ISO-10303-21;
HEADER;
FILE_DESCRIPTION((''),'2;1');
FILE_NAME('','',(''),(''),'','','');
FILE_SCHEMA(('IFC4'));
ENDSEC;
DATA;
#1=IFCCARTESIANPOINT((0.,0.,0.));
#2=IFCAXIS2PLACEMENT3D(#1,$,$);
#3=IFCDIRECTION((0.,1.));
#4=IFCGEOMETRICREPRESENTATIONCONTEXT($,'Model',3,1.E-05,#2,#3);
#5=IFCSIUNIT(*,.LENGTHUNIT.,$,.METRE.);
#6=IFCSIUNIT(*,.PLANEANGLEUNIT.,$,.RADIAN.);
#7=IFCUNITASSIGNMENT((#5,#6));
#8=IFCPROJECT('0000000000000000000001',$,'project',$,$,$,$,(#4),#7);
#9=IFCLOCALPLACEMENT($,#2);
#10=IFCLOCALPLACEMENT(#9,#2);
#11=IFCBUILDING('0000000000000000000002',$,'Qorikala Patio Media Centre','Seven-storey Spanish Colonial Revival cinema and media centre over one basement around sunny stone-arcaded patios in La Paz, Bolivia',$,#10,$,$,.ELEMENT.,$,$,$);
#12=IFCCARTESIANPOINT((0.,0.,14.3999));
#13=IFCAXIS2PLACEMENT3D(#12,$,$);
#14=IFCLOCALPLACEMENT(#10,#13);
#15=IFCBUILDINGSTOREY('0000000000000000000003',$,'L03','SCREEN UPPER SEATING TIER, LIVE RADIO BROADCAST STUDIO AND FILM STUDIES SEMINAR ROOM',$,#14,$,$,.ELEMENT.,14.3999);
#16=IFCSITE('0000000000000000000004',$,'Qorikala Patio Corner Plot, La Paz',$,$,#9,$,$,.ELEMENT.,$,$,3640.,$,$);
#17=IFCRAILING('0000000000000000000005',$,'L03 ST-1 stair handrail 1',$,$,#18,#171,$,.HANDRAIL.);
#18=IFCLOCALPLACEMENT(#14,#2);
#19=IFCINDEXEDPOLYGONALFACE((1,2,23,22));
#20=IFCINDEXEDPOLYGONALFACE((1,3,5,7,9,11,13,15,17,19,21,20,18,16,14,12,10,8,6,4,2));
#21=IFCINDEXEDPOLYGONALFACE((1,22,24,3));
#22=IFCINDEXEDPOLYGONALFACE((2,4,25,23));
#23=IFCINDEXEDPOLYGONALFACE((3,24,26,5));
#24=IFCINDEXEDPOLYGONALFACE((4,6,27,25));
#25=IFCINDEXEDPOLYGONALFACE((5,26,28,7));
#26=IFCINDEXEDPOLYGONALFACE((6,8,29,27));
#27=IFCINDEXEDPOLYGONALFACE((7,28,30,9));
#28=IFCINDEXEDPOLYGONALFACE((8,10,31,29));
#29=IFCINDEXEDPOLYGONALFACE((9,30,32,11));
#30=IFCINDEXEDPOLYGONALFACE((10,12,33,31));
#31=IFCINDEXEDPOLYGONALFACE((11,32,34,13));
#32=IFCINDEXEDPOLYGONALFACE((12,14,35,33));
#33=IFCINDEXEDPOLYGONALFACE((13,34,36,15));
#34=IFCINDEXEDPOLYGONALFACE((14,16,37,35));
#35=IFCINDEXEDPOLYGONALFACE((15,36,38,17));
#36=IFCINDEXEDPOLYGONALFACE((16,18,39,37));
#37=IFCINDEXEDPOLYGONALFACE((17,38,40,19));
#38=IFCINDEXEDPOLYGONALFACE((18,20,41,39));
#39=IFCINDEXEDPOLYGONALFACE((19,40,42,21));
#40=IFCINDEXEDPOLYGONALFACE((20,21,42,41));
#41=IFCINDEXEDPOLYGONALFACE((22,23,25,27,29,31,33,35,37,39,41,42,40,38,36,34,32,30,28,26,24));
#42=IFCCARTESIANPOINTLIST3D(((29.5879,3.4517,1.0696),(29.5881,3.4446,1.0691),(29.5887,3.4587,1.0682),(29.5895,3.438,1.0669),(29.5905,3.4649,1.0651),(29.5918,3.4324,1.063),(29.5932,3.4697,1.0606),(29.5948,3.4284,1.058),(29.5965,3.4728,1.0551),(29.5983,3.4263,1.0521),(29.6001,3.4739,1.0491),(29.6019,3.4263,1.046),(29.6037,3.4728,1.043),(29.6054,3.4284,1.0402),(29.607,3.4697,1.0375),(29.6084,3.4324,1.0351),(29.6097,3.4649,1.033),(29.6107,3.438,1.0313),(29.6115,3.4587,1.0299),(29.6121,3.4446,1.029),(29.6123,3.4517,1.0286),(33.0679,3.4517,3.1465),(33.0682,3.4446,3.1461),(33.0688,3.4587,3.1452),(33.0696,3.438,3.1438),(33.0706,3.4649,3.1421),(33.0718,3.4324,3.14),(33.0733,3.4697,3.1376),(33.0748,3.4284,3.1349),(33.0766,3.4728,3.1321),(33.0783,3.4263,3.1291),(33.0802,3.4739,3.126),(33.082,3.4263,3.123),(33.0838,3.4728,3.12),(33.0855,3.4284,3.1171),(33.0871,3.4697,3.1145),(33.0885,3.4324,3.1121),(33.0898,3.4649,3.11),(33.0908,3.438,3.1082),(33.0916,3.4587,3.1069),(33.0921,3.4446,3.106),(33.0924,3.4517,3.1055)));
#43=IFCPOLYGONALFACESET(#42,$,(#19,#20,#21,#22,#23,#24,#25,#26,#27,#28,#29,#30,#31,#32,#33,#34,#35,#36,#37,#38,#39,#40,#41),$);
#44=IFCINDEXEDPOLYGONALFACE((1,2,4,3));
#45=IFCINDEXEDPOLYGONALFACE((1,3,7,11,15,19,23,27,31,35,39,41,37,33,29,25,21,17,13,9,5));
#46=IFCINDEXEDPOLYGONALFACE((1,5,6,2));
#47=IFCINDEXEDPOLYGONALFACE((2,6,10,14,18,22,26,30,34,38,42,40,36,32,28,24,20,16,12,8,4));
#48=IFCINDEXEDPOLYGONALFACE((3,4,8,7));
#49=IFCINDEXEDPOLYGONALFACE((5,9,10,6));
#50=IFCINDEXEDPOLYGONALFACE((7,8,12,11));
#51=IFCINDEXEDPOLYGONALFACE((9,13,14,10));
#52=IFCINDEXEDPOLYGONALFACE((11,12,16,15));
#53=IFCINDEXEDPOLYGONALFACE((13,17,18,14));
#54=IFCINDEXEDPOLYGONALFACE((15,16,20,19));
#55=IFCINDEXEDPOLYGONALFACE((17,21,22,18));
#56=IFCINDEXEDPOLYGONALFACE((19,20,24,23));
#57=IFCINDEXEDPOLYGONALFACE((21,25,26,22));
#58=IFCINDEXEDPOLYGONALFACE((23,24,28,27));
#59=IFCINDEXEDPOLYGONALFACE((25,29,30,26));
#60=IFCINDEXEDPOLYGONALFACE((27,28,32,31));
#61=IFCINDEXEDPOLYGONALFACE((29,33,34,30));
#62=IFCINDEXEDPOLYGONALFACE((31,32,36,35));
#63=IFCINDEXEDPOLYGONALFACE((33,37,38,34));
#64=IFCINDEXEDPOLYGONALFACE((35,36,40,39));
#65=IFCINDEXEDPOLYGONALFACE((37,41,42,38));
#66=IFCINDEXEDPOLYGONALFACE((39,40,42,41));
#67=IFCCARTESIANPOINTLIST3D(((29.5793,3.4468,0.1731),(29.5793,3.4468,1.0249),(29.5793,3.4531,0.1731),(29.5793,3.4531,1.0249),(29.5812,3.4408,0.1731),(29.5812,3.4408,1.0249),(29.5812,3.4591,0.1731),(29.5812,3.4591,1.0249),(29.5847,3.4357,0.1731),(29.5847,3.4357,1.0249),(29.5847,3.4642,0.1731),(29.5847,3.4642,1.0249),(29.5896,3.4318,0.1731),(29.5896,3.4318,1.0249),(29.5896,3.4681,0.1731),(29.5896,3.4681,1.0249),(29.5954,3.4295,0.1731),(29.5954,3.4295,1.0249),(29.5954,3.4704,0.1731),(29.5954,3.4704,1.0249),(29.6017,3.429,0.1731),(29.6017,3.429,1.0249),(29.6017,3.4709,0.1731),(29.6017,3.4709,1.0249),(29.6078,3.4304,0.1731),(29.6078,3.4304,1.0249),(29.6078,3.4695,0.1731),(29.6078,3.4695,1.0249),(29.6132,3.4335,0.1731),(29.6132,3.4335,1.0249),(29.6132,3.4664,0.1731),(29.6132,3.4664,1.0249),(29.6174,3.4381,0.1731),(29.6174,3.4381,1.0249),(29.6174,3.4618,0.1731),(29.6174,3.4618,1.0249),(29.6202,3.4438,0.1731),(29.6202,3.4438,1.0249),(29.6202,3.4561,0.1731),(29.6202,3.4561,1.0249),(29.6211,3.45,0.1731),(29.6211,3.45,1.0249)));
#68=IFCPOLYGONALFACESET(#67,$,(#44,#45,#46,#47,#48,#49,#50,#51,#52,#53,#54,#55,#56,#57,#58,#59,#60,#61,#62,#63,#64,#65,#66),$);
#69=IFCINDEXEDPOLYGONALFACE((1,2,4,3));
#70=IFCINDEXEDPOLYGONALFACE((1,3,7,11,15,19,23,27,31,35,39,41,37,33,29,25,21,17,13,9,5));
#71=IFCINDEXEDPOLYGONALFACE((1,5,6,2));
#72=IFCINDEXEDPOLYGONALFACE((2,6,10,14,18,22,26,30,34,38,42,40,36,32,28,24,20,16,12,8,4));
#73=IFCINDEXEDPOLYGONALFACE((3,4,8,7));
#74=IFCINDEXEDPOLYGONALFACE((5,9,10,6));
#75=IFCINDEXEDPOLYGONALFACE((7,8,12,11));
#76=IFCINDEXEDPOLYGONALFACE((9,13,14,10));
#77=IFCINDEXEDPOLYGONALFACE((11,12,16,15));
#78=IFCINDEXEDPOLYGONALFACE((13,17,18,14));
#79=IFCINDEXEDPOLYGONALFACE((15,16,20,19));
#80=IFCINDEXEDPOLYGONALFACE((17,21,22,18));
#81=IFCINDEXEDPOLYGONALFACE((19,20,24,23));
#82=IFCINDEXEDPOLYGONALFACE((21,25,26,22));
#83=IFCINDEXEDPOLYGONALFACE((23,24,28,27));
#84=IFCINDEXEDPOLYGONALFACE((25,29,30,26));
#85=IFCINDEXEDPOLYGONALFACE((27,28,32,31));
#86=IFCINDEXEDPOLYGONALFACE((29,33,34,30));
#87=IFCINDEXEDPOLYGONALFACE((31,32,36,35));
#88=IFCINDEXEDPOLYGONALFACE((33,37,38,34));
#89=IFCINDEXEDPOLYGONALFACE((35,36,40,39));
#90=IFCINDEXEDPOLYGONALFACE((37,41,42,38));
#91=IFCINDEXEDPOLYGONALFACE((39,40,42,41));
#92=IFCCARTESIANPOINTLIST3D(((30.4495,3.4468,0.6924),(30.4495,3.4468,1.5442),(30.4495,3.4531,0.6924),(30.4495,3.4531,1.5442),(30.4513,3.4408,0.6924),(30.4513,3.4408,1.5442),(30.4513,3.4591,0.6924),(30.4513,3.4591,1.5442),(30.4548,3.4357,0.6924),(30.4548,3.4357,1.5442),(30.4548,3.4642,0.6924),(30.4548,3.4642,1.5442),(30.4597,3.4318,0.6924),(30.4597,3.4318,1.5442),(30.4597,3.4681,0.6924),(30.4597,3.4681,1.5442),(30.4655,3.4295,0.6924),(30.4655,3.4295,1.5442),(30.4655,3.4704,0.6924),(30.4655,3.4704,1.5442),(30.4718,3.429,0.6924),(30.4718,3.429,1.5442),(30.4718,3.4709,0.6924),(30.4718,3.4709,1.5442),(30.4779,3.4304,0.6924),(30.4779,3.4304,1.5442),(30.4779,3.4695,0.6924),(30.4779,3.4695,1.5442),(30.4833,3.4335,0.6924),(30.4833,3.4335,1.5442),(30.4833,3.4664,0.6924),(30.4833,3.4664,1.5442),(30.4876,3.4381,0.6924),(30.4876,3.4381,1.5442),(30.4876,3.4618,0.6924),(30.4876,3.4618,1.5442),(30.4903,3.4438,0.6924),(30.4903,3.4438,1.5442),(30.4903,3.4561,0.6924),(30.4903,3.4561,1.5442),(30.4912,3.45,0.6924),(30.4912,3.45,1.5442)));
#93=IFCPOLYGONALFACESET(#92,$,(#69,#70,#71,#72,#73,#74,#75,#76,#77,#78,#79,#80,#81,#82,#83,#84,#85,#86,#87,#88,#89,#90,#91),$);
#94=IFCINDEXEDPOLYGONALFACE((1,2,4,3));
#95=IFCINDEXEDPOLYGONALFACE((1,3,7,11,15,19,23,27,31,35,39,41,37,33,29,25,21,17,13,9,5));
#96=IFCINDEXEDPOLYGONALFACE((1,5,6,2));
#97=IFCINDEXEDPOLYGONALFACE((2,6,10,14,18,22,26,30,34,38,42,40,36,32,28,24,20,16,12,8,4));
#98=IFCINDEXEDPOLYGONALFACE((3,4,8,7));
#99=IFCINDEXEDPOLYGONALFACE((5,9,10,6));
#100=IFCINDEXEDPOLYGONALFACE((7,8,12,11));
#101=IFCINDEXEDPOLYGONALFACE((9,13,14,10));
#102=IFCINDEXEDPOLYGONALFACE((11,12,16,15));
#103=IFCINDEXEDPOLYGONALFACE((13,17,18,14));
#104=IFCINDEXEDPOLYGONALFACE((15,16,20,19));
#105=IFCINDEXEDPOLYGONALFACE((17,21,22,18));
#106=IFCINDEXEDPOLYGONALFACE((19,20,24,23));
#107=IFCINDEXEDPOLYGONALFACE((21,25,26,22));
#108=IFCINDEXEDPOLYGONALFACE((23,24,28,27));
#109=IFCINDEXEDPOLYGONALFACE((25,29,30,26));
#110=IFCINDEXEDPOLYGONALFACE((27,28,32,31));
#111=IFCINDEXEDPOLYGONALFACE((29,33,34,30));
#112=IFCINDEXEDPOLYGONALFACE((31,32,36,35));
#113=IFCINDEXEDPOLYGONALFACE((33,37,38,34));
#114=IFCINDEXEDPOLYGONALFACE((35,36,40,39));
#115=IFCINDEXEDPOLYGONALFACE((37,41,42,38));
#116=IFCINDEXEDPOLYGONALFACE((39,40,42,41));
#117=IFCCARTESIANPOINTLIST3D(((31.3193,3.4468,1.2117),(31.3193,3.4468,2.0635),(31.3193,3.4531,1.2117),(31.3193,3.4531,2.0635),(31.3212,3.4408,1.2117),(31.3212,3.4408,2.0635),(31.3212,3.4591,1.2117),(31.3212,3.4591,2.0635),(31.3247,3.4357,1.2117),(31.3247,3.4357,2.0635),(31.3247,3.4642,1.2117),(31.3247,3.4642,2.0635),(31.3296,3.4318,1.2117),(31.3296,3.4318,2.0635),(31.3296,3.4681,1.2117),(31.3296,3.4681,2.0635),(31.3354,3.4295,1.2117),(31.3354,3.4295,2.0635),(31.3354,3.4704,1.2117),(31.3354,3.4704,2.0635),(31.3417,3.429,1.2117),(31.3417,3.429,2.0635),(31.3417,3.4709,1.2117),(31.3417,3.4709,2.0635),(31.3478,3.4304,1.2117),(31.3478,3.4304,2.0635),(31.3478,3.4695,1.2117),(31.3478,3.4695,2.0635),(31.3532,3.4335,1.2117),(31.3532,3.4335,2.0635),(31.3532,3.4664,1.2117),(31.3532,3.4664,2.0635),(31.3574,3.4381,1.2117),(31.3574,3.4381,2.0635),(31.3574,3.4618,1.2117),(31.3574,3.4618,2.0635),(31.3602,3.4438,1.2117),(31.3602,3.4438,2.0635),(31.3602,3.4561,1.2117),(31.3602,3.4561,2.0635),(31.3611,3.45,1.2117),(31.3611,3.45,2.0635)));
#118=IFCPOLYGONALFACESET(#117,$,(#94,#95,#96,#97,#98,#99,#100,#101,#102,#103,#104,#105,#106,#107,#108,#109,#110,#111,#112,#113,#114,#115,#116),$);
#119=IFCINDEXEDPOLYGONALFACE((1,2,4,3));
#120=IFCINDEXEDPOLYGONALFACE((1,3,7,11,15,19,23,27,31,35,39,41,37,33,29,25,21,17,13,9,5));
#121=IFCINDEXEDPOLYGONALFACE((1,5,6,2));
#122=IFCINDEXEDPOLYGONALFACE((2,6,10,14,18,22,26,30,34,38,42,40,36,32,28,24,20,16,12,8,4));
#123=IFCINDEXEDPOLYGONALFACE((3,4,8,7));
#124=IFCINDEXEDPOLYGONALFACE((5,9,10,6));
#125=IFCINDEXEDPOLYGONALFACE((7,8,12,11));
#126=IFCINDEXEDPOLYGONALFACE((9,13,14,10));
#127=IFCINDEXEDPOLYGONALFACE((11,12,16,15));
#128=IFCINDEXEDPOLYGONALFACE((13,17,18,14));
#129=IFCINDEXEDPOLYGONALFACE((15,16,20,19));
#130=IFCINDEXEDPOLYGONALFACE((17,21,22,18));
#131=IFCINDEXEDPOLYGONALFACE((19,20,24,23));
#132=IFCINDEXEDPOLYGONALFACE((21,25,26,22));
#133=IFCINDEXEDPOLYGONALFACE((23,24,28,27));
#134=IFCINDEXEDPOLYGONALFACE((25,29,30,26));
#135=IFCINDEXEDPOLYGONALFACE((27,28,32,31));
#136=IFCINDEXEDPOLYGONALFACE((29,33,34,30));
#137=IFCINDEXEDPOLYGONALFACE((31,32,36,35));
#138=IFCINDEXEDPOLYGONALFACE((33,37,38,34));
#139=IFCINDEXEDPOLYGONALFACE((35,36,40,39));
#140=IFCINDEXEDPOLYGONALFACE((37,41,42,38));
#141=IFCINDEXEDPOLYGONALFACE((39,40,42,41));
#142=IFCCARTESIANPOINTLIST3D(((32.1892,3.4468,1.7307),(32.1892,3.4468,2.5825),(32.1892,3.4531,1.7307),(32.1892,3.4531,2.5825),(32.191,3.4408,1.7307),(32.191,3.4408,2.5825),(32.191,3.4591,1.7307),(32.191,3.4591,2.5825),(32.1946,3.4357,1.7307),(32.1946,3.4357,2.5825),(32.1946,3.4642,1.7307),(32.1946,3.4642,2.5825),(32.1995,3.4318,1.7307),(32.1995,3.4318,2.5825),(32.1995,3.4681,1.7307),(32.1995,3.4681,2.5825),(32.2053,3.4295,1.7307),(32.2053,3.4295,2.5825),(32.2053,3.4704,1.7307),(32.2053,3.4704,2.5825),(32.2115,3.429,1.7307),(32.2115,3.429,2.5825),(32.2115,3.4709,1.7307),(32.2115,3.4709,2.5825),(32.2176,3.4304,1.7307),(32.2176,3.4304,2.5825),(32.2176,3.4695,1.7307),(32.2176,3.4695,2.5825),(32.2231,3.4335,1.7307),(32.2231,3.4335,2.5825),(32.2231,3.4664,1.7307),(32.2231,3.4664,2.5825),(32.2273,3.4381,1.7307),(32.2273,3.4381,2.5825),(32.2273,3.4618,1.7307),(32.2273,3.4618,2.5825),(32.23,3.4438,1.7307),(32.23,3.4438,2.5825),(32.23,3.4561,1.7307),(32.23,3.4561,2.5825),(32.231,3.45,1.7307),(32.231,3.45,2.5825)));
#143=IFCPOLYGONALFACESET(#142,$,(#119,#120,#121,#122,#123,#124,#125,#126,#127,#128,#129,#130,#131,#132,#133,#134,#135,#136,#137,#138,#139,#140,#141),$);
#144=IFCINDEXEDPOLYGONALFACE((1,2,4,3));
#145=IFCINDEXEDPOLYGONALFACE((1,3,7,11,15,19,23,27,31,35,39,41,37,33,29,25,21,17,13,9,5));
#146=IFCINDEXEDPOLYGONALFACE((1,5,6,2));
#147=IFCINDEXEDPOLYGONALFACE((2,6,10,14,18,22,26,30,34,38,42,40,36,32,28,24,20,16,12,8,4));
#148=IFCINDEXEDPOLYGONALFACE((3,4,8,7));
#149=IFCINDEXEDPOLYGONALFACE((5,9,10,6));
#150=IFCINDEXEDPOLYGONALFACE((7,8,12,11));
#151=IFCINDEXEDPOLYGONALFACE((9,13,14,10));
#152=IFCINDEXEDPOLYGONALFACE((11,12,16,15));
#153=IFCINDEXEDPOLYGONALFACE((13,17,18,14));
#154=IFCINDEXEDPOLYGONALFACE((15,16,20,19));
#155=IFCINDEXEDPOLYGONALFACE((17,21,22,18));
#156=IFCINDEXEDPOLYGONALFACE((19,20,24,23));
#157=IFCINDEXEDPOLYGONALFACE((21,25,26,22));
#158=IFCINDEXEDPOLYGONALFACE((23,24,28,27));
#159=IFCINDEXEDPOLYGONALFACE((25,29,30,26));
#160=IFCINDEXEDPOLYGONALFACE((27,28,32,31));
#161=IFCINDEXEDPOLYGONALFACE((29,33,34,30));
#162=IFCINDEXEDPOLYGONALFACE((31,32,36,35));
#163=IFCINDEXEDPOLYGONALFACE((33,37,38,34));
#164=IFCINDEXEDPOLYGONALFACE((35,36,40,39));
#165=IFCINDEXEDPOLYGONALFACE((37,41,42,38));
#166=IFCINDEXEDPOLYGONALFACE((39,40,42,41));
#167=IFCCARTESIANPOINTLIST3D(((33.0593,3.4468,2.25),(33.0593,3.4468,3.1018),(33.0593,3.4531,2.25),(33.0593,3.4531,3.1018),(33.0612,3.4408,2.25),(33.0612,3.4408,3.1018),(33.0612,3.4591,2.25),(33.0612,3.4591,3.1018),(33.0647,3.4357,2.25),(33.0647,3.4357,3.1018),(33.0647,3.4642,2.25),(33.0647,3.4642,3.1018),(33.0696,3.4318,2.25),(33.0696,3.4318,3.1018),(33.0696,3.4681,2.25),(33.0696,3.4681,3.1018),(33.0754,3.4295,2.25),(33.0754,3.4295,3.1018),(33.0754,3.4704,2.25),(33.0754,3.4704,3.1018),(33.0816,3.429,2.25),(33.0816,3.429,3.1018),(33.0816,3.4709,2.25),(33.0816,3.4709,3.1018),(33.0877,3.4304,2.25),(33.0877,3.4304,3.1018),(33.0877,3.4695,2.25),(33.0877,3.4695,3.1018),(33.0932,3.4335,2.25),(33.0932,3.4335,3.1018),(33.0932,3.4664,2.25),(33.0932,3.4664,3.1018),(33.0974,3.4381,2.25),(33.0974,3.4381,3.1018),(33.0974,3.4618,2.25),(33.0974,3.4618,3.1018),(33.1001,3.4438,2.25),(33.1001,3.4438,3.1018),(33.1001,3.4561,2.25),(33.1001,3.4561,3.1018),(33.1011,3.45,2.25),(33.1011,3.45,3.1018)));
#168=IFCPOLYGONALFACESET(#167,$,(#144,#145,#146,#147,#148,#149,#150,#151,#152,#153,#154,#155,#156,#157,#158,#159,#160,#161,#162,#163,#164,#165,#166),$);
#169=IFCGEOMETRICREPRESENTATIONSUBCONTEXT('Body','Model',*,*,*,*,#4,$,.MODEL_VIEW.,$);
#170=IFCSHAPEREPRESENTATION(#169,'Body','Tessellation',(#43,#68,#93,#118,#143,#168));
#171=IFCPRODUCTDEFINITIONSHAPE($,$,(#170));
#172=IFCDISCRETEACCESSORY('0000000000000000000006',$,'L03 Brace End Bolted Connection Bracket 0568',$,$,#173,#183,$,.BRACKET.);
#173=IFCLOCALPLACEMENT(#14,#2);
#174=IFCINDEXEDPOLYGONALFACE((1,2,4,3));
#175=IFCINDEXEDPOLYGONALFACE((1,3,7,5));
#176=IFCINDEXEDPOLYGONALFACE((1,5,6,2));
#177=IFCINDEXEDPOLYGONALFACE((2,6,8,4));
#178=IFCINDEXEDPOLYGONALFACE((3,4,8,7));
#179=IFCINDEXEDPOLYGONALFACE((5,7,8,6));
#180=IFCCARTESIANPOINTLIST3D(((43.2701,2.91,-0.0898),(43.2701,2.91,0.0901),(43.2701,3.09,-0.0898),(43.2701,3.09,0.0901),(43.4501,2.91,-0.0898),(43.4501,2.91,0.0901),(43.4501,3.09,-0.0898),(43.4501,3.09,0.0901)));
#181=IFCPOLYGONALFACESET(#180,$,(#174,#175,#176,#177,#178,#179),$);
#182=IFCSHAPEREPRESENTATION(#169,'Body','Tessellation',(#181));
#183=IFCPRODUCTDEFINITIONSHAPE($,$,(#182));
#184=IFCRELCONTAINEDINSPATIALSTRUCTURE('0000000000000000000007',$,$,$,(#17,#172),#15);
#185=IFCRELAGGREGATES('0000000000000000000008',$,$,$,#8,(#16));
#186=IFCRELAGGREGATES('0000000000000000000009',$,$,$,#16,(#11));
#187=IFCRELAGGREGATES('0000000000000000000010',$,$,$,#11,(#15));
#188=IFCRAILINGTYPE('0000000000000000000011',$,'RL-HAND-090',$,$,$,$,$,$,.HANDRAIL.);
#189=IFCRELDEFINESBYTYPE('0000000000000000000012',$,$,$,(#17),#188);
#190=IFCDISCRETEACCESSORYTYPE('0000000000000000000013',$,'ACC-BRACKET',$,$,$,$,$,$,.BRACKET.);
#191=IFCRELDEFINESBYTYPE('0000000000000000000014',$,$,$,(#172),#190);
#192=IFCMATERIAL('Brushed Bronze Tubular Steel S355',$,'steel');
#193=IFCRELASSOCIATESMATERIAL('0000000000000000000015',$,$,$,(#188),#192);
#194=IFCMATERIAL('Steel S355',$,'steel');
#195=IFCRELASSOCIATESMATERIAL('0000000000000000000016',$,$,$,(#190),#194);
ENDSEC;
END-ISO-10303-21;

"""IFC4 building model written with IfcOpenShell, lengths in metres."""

from ifc_helpers import new_model, si_unit, direction, frame, origin, origin_2d, place, context, subcontext, project, spatial, rectangle, circle, extrude, material, type_object, element, save


model = new_model("IFC4")

# Units and contexts
model_context = context("Model", 3, precision=1e-05, world=origin(), true_north=direction((0.0, 1.0)))
body_context = subcontext(model_context, "Body", "Model", "MODEL_VIEW")
ifc_project = project(units=[si_unit("LENGTHUNIT", "METRE"), si_unit("PLANEANGLEUNIT", "RADIAN")], contexts=[model_context])

# Site, building, storey
site_placement = place(None, origin())
site = spatial("IfcSite", under=ifc_project, at=site_placement, Name="Qorikala Patio Corner Plot, La Paz", CompositionType="ELEMENT", RefElevation=3640.0)
building_placement = place(site_placement, origin())
building = spatial("IfcBuilding", under=site, at=building_placement, Name="Qorikala Patio Media Centre", Description="Seven-storey Spanish Colonial Revival cinema and media centre over one basement around sunny stone-arcaded patios in La Paz, Bolivia", CompositionType="ELEMENT")
storey_placement = place(building_placement, frame((0.0, 0.0, 14.3999)))
storey = spatial("IfcBuildingStorey", under=building, at=storey_placement, Name="L03", Description="SCREEN UPPER SEATING TIER, LIVE RADIO BROADCAST STUDIO AND FILM STUDIES SEMINAR ROOM", CompositionType="ELEMENT", Elevation=14.3999)

# Railing
ifc_material_1 = material(Name="Brushed Bronze Tubular Steel S355", Category="steel")
railing_type_1 = type_object("IfcRailingType", Name="RL-HAND-090", PredefinedType="HANDRAIL", material=ifc_material_1)
railing_1_placement = place(storey_placement, frame((29.6001, 3.45, 0.1731)))
element("IfcRailing", 1, at=railing_1_placement, inside=storey, type_object=railing_type_1, Name="L03 ST-1 stair handrail 1", PredefinedType="HANDRAIL", context=body_context, shape_type="SweptSolid", body=[
    extrude(circle(Radius=0.0239, at=origin_2d()), frame((0.0, 0.0, 0.876), z_axis=(0.858697, 0.0, 0.512483), x_axis=(0.0, 1.0, 0.0)), (0.0, 0.0, 1.0), 4.0527),
    extrude(circle(Radius=0.021, at=origin_2d()), origin(), (0.0, 0.0, 1.0), 0.8518),
    extrude(circle(Radius=0.021, at=origin_2d()), frame((0.8701, 0.0, 0.5193)), (0.0, 0.0, 1.0), 0.8518),
    extrude(circle(Radius=0.021, at=origin_2d()), frame((1.74, 0.0, 1.0386)), (0.0, 0.0, 1.0), 0.8518),
    extrude(circle(Radius=0.021, at=origin_2d()), frame((2.6099, 0.0, 1.5576)), (0.0, 0.0, 1.0), 0.8518),
    extrude(circle(Radius=0.021, at=origin_2d()), frame((3.48, 0.0, 2.0769)), (0.0, 0.0, 1.0), 0.8518),
])

# Discrete accessory
ifc_material_2 = material(Name="Steel S355", Category="steel")
discrete_accessory_type = type_object("IfcDiscreteAccessoryType", Name="ACC-BRACKET", PredefinedType="BRACKET", material=ifc_material_2)
discrete_accessory_placement = place(storey_placement, frame((43.3601, 3.0, -0.0898), z_axis=(0.0, 0.0, 1.0), x_axis=(1.0, 0.0, 0.0)))
element("IfcDiscreteAccessory", 2, at=discrete_accessory_placement, inside=storey, type_object=discrete_accessory_type, Name="L03 Brace End Bolted Connection Bracket 0568", PredefinedType="BRACKET", context=body_context, shape_type="SweptSolid", body=[
    extrude(rectangle(XDim=0.1799, YDim=0.1799, at=origin_2d()), origin(), (0.0, 0.0, 1.0), 0.1799),
])

save(model, "model.ifc")
